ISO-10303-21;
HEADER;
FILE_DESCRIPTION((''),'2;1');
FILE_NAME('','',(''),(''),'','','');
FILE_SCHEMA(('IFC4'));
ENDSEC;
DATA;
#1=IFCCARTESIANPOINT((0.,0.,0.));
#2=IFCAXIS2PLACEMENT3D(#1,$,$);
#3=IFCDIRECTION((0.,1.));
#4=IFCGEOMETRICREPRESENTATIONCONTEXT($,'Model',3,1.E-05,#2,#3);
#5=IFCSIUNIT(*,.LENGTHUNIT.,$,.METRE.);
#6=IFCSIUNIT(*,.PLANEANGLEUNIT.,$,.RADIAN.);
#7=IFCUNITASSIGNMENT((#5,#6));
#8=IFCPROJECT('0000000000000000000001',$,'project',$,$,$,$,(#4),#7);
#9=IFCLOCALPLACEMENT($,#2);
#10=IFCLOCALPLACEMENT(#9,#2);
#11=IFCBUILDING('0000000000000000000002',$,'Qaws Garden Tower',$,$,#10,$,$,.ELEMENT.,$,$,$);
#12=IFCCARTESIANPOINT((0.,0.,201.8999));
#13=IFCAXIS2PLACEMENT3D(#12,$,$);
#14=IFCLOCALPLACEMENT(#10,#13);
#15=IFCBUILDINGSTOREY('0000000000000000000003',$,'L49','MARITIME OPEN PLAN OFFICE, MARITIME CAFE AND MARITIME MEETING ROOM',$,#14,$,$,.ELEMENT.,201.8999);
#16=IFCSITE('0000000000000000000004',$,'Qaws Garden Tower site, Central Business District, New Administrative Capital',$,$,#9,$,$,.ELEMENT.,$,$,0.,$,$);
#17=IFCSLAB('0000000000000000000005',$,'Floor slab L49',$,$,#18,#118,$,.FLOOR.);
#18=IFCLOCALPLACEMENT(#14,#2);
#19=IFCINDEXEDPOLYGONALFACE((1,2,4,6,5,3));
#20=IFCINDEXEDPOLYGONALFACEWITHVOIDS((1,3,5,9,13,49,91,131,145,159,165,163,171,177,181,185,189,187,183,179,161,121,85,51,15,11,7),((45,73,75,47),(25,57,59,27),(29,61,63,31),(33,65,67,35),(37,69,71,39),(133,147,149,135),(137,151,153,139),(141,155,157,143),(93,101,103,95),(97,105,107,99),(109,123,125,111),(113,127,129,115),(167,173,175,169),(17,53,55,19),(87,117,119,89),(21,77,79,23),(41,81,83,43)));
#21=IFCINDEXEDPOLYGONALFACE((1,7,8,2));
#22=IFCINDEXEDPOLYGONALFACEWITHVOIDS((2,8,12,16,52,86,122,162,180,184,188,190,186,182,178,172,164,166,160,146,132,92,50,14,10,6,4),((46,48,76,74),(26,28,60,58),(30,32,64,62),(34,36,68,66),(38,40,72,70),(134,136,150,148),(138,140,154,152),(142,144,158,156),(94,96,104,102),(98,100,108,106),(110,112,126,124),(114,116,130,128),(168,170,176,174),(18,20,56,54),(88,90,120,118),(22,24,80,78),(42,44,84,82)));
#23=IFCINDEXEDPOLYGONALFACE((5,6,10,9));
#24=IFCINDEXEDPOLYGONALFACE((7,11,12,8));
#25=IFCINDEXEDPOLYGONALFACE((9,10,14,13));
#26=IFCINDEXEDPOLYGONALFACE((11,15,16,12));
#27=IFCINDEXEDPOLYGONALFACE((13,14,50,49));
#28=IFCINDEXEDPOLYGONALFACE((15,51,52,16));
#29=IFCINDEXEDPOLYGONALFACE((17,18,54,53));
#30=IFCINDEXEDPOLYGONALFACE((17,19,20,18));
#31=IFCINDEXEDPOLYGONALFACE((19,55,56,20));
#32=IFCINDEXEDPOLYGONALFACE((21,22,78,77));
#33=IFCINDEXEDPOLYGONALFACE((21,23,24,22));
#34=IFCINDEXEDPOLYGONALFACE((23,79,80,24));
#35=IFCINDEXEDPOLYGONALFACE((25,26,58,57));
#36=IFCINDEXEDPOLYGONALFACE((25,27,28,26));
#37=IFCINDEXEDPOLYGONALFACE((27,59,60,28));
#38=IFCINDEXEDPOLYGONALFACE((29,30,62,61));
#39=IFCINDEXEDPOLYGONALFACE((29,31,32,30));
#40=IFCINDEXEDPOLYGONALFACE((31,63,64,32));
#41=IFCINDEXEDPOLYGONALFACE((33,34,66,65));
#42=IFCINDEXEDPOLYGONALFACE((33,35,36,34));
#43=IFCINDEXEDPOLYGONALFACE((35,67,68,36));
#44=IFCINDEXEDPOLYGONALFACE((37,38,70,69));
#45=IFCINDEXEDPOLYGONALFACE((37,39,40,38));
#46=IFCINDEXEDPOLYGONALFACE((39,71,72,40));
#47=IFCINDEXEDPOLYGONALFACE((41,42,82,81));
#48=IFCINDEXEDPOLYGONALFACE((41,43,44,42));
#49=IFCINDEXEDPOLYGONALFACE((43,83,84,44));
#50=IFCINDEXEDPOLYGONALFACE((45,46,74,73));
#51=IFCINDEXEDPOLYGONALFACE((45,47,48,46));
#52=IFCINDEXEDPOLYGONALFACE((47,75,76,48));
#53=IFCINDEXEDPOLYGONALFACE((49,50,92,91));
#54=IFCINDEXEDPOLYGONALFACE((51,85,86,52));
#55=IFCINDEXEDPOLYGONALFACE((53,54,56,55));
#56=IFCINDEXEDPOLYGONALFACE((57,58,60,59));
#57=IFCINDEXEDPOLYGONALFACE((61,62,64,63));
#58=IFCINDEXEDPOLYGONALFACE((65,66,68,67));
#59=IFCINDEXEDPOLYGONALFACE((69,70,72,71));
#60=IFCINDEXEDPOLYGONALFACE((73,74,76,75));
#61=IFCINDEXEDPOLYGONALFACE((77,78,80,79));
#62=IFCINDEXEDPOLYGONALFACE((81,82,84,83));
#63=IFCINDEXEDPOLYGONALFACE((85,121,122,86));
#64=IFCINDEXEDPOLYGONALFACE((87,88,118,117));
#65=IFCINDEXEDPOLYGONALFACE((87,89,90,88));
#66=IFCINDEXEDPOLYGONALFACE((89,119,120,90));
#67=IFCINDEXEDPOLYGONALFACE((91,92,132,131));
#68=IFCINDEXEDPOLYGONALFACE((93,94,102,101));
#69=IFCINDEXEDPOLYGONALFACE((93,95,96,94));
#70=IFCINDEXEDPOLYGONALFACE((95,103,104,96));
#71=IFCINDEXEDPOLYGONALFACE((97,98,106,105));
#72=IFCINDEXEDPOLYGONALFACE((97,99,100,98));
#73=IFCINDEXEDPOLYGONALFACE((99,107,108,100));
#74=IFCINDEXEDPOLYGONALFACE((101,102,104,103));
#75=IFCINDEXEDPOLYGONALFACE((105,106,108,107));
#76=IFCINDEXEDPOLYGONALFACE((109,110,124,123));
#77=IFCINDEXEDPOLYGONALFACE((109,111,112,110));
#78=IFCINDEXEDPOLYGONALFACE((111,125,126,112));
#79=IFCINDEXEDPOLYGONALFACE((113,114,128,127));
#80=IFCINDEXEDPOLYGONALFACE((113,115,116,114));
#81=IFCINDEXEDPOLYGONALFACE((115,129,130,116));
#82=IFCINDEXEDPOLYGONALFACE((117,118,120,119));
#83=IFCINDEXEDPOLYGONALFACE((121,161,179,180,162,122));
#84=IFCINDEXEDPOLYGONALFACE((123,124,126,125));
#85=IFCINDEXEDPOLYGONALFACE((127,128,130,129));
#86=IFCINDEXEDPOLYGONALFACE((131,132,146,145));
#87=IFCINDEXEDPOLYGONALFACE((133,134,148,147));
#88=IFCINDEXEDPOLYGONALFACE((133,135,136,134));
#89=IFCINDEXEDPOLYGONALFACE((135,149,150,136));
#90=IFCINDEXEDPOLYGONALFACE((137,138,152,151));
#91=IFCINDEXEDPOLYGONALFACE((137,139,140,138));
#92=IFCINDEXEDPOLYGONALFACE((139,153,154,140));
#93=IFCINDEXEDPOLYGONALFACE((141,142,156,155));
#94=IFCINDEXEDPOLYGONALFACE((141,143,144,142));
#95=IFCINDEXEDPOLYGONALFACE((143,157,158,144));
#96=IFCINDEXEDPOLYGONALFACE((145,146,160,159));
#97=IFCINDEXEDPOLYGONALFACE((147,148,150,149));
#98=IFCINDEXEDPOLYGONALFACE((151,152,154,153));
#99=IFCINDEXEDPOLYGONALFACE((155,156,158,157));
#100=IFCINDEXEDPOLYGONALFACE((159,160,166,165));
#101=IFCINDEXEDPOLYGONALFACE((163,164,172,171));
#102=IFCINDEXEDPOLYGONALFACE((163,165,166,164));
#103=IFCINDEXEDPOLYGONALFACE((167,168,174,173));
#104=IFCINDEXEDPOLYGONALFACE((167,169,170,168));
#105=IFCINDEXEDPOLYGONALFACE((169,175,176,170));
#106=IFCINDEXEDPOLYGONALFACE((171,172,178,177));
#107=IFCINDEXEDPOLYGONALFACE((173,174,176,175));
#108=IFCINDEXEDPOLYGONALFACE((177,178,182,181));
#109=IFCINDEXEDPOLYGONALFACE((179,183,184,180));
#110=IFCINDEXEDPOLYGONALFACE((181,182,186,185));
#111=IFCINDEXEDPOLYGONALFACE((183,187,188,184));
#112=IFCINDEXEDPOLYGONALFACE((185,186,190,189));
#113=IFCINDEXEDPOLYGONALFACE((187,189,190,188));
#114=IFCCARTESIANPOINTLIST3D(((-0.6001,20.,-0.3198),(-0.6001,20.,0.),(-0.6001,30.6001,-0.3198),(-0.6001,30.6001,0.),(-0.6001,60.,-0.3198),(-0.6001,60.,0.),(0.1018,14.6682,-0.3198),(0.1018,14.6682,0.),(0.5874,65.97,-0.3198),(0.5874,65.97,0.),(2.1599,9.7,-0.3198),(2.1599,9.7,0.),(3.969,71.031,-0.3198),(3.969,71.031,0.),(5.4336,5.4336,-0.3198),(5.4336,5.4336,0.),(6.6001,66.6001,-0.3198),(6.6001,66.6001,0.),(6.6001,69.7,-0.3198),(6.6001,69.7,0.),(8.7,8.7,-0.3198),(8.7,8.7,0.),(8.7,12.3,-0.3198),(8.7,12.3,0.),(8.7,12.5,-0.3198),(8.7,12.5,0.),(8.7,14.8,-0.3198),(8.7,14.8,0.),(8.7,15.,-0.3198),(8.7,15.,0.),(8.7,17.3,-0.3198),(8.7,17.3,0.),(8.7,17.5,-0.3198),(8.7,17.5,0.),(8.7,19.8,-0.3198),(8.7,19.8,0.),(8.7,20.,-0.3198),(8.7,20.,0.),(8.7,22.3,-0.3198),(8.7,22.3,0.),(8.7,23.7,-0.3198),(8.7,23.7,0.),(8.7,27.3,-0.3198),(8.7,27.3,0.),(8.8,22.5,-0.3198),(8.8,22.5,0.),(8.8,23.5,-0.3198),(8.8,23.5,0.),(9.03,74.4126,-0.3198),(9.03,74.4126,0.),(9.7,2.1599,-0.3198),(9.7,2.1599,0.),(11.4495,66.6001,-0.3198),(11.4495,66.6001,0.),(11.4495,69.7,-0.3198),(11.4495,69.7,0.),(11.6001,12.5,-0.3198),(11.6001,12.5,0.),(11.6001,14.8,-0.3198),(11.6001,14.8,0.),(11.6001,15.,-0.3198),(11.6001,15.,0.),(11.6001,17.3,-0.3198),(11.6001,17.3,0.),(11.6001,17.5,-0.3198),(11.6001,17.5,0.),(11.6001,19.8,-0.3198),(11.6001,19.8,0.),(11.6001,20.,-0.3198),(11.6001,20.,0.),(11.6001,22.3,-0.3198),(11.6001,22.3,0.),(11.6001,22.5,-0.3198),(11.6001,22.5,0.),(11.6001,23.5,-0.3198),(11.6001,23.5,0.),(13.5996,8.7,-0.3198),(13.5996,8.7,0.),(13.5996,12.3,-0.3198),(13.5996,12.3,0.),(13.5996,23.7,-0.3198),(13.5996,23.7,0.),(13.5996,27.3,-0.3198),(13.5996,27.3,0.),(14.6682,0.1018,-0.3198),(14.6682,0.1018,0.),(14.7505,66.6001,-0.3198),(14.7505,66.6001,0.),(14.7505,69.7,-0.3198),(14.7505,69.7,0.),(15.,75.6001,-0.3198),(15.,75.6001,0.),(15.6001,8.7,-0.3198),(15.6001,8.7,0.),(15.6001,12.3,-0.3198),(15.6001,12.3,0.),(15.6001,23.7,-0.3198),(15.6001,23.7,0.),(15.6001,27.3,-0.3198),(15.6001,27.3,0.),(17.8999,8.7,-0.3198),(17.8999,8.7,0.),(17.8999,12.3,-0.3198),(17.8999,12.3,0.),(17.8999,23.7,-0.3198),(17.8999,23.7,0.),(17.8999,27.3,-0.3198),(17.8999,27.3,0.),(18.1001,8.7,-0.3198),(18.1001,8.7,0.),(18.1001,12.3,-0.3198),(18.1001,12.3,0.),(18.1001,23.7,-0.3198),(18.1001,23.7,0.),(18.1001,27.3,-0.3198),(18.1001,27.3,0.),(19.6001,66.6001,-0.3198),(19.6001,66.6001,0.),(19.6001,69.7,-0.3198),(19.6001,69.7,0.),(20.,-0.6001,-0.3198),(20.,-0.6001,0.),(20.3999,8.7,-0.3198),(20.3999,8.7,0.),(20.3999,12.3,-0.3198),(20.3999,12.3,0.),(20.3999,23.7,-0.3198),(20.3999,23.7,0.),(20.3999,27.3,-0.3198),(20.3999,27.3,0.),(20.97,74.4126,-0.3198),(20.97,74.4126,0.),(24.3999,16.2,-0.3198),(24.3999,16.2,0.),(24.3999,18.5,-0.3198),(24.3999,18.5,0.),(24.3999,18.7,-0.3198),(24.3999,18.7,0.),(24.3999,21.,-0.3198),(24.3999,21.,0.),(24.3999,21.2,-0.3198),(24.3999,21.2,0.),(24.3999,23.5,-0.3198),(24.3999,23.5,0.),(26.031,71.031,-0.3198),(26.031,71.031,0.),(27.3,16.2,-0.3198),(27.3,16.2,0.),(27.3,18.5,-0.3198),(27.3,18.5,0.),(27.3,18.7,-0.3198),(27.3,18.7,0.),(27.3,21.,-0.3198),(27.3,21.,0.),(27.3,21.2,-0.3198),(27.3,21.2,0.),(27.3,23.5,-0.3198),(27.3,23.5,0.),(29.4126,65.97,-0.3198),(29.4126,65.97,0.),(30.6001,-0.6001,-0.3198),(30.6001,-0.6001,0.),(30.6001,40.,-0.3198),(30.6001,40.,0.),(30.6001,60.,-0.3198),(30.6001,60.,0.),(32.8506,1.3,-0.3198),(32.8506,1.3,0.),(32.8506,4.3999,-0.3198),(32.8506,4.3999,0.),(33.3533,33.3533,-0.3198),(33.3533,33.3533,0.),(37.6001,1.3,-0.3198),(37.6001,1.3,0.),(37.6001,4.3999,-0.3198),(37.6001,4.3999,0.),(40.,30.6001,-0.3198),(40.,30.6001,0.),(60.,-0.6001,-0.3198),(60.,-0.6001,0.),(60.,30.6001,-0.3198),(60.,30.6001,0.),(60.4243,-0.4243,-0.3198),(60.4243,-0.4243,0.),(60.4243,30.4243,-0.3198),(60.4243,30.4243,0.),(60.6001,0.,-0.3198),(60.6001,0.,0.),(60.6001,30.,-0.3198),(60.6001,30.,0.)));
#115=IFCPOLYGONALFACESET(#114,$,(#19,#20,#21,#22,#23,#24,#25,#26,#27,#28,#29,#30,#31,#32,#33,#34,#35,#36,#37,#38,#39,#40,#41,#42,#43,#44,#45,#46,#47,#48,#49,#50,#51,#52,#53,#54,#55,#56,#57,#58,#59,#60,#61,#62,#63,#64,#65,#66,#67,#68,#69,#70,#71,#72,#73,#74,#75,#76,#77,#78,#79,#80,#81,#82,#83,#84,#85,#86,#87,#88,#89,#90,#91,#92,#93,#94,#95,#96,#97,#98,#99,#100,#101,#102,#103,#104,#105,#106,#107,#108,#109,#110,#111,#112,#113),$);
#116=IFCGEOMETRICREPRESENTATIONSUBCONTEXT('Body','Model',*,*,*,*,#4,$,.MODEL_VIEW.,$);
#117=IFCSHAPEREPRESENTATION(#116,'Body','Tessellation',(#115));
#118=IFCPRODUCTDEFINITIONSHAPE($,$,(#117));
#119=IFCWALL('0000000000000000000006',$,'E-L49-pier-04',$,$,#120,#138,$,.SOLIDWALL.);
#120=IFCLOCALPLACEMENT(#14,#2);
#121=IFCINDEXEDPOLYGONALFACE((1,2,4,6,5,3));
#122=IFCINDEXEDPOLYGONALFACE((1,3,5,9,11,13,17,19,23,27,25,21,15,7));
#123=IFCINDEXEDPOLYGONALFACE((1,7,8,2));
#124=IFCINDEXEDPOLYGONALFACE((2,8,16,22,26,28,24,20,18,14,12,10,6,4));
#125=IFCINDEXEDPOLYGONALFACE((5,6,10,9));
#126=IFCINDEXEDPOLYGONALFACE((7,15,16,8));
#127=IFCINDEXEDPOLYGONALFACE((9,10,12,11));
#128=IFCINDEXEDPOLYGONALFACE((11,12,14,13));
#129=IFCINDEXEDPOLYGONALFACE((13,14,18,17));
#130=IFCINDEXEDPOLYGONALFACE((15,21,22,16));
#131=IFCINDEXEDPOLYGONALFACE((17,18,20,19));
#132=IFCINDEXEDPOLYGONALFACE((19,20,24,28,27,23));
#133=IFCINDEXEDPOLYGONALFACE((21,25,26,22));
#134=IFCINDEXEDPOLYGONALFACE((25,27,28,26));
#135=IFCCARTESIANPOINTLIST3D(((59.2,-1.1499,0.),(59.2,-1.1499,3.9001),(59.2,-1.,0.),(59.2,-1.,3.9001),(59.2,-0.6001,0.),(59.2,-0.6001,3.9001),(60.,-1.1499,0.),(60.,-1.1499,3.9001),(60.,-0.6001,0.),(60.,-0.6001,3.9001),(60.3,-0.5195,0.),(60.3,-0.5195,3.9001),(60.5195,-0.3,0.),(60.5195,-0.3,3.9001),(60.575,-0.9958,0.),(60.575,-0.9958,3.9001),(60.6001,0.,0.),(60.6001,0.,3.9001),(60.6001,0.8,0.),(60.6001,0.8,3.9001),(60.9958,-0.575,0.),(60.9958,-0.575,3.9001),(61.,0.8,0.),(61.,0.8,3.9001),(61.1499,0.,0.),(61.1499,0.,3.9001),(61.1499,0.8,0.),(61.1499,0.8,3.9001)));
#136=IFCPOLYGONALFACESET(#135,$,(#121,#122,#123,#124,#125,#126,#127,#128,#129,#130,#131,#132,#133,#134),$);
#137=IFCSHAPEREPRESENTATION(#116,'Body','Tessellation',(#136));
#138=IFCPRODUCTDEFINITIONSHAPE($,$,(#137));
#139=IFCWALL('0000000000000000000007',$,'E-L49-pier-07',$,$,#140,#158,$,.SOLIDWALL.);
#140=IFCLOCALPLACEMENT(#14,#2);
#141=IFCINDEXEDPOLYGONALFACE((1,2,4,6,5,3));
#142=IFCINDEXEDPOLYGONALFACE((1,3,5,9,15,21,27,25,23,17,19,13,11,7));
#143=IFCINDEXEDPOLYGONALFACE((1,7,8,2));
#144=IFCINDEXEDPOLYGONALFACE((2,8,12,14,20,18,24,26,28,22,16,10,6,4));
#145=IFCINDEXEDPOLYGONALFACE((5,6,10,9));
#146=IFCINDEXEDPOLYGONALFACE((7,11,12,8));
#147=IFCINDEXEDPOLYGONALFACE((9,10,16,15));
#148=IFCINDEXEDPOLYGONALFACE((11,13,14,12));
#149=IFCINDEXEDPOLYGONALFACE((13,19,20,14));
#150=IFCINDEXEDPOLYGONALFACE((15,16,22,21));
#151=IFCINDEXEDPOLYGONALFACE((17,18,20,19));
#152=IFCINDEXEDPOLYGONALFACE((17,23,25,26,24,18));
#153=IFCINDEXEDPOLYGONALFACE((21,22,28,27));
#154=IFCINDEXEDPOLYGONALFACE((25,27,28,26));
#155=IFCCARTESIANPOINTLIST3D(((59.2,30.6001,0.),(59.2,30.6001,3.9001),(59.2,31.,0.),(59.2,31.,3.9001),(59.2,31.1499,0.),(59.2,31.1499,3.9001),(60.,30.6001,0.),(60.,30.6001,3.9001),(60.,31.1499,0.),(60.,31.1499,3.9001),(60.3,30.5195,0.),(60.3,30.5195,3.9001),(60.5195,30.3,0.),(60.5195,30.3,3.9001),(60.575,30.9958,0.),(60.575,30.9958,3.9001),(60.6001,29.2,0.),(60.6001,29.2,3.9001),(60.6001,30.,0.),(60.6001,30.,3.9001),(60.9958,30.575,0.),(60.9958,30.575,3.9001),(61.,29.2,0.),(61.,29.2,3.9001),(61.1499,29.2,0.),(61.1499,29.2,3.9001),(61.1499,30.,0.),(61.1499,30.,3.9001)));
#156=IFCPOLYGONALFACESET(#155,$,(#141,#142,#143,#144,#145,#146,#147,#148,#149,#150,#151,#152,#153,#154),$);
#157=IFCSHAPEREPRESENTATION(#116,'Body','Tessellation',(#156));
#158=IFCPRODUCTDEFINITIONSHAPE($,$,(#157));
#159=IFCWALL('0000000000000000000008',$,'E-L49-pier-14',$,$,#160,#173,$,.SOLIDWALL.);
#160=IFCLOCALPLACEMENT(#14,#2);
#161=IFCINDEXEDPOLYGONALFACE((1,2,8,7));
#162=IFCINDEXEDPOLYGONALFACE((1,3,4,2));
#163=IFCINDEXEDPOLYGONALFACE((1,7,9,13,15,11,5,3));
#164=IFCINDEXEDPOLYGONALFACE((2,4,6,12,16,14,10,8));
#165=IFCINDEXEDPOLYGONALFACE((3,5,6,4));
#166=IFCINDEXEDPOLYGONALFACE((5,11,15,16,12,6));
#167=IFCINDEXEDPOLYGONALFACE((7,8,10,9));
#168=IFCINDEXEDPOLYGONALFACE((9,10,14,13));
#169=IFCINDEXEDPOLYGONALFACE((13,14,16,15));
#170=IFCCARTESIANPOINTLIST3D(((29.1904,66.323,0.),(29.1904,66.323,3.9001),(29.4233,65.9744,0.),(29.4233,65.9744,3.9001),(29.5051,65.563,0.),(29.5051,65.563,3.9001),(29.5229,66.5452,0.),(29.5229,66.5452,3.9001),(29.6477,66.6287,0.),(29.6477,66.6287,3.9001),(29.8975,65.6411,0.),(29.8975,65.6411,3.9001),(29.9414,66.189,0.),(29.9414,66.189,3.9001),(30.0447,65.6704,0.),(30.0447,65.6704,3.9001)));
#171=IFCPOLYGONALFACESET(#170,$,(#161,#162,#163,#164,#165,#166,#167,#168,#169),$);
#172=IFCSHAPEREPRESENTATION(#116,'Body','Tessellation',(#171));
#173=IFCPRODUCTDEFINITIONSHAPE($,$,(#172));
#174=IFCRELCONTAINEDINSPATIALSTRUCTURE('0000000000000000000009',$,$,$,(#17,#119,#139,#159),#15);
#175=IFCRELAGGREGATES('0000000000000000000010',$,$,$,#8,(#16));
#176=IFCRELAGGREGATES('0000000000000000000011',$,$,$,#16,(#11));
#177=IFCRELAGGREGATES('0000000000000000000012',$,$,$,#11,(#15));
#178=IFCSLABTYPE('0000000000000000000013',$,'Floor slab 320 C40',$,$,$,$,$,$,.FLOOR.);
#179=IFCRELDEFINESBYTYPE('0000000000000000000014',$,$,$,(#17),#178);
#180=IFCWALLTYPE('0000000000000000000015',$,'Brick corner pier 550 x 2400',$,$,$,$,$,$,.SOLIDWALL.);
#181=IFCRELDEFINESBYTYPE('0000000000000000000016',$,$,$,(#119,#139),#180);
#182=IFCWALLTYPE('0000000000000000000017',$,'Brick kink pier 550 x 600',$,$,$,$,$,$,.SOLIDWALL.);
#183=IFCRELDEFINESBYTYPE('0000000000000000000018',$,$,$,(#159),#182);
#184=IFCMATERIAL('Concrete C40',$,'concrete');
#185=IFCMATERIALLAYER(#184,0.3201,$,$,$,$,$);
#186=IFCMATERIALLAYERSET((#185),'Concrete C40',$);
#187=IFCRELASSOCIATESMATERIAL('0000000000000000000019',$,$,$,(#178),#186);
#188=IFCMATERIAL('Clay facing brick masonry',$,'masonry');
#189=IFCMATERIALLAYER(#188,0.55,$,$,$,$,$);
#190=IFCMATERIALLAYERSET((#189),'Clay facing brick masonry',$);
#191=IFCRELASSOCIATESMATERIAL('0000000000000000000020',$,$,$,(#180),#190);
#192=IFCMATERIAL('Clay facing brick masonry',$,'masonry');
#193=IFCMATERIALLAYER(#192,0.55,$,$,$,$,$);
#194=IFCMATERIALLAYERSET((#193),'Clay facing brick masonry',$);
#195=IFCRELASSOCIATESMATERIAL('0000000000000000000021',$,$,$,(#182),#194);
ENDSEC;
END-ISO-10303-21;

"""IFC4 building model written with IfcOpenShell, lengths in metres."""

from ifc_helpers import new_model, si_unit, direction, frame, origin, place, context, subcontext, project, spatial, polyline, outline, extrude, material, layer, layer_set, type_object, element, save


model = new_model("IFC4")

# Units and contexts
model_context = context("Model", 3, precision=1e-05, world=origin(), true_north=direction((0.0, 1.0)))
body_context = subcontext(model_context, "Body", "Model", "MODEL_VIEW")
ifc_project = project(units=[si_unit("LENGTHUNIT", "METRE"), si_unit("PLANEANGLEUNIT", "RADIAN")], contexts=[model_context])

# Site, building, storey
site_placement = place(None, origin())
site = spatial("IfcSite", under=ifc_project, at=site_placement, Name="Qaws Garden Tower site, Central Business District, New Administrative Capital", CompositionType="ELEMENT", RefElevation=0.0)
building_placement = place(site_placement, origin())
building = spatial("IfcBuilding", under=site, at=building_placement, Name="Qaws Garden Tower", CompositionType="ELEMENT")
storey_placement = place(building_placement, frame((0.0, 0.0, 201.8999)))
storey = spatial("IfcBuildingStorey", under=building, at=storey_placement, Name="L49", Description="MARITIME OPEN PLAN OFFICE, MARITIME CAFE AND MARITIME MEETING ROOM", CompositionType="ELEMENT", Elevation=201.8999)

# Slab
ifc_material_1 = material(Name="Concrete C40", Category="concrete")
ifc_layer_1 = layer(ifc_material_1, 0.3201)
ifc_layer_set_1 = layer_set([ifc_layer_1], Name="Concrete C40")
slab_type = type_object("IfcSlabType", Name="Floor slab 320 C40", PredefinedType="FLOOR", material=ifc_layer_set_1)
slab_placement = place(storey_placement, frame((0.0, 0.0, -0.3198)))
element("IfcSlab", 1, at=slab_placement, inside=storey, type_object=slab_type, Name="Floor slab L49", PredefinedType="FLOOR", context=body_context, shape_type="SweptSolid", body=[
    extrude(outline(polyline([(0.1018, 14.6682), (-0.6001, 20.0), (-0.6001, 30.6001), (-0.6001, 60.0), (-0.6001, 60.0), (0.5874, 65.97), (3.969, 71.031), (9.03, 74.4126), (15.0, 75.6001), (20.97, 74.4126), (26.031, 71.031), (29.4126, 65.97), (30.6001, 60.0), (30.6001, 40.0), (33.3533, 33.3533), (40.0, 30.6001), (60.0, 30.6001), (60.4243, 30.4243), (60.6001, 30.0), (60.6001, 0.0), (60.4243, -0.4243), (60.0, -0.6001), (30.6001, -0.6001), (20.0, -0.6001), (14.6682, 0.1018), (9.7, 2.1599), (5.4336, 5.4336), (2.1599, 9.7), (0.1018, 14.6682)]), holes=[polyline([(13.5996, 12.3), (8.7, 12.3), (8.7, 8.7), (13.5996, 8.7), (13.5996, 12.3)]), polyline([(17.8999, 12.3), (15.6001, 12.3), (15.6001, 8.7), (17.8999, 8.7), (17.8999, 12.3)]), polyline([(11.6001, 14.8), (8.7, 14.8), (8.7, 12.5), (11.6001, 12.5), (11.6001, 14.8)]), polyline([(11.6001, 17.3), (8.7, 17.3), (8.7, 15.0), (11.6001, 15.0), (11.6001, 17.3)]), polyline([(11.6001, 19.8), (8.7, 19.8), (8.7, 17.5), (11.6001, 17.5), (11.6001, 19.8)]), polyline([(11.6001, 22.3), (8.7, 22.3), (8.7, 20.0), (11.6001, 20.0), (11.6001, 22.3)]), polyline([(11.6001, 23.5), (8.8, 23.5), (8.8, 22.5), (11.6001, 22.5), (11.6001, 23.5)]), polyline([(13.5996, 27.3), (8.7, 27.3), (8.7, 23.7), (13.5996, 23.7), (13.5996, 27.3)]), polyline([(11.4495, 69.7), (6.6001, 69.7), (6.6001, 66.6001), (11.4495, 66.6001), (11.4495, 69.7)]), polyline([(37.6001, 4.3999), (32.8506, 4.3999), (32.8506, 1.3), (37.6001, 1.3), (37.6001, 4.3999)]), polyline([(20.3999, 12.3), (18.1001, 12.3), (18.1001, 8.7), (20.3999, 8.7), (20.3999, 12.3)]), polyline([(27.3, 18.5), (24.3999, 18.5), (24.3999, 16.2), (27.3, 16.2), (27.3, 18.5)]), polyline([(27.3, 21.0), (24.3999, 21.0), (24.3999, 18.7), (27.3, 18.7), (27.3, 21.0)]), polyline([(27.3, 23.5), (24.3999, 23.5), (24.3999, 21.2), (27.3, 21.2), (27.3, 23.5)]), polyline([(17.8999, 27.3), (15.6001, 27.3), (15.6001, 23.7), (17.8999, 23.7), (17.8999, 27.3)]), polyline([(20.3999, 23.7), (20.3999, 27.3), (18.1001, 27.3), (18.1001, 23.7), (20.3999, 23.7)]), polyline([(19.6001, 66.6001), (19.6001, 69.7), (14.7505, 69.7), (14.7505, 66.6001), (19.6001, 66.6001)])]), origin(), (0.0, 0.0, 1.0), 0.3198),
])

# Walls
ifc_material_2 = material(Name="Clay facing brick masonry", Category="masonry")
ifc_layer_2 = layer(ifc_material_2, 0.55)
ifc_layer_set_2 = layer_set([ifc_layer_2], Name="Clay facing brick masonry")
wall_type_1 = type_object("IfcWallType", Name="Brick corner pier 550 x 2400", PredefinedType="SOLIDWALL", material=ifc_layer_set_2)
placement = place(storey_placement, origin())
element("IfcWall", 2, at=placement, inside=storey, type_object=wall_type_1, Name="E-L49-pier-04", PredefinedType="SOLIDWALL", context=body_context, shape_type="SweptSolid", body=[
    extrude(outline(polyline([(59.2, -1.0), (59.2, -1.1499), (60.0, -1.1499), (60.575, -0.9958), (60.9958, -0.575), (61.1499, 0.0), (61.1499, 0.8), (61.0, 0.8), (60.6001, 0.8), (60.6001, 0.0), (60.5195, -0.3), (60.3, -0.5195), (60.0, -0.6001), (59.2, -0.6001), (59.2, -1.0)])), origin(), (0.0, 0.0, 1.0), 3.9001),
])
element("IfcWall", 3, at=placement, inside=storey, type_object=wall_type_1, Name="E-L49-pier-07", PredefinedType="SOLIDWALL", context=body_context, shape_type="SweptSolid", body=[
    extrude(outline(polyline([(61.0, 29.2), (61.1499, 29.2), (61.1499, 30.0), (60.9958, 30.575), (60.575, 30.9958), (60.0, 31.1499), (59.2, 31.1499), (59.2, 31.0), (59.2, 30.6001), (60.0, 30.6001), (60.3, 30.5195), (60.5195, 30.3), (60.6001, 30.0), (60.6001, 29.2), (61.0, 29.2)])), origin(), (0.0, 0.0, 1.0), 3.9001),
])
ifc_material_3 = material(Name="Clay facing brick masonry", Category="masonry")
ifc_layer_3 = layer(ifc_material_3, 0.55)
ifc_layer_set_3 = layer_set([ifc_layer_3], Name="Clay facing brick masonry")
wall_type_2 = type_object("IfcWallType", Name="Brick kink pier 550 x 600", PredefinedType="SOLIDWALL", material=ifc_layer_set_3)
element("IfcWall", 4, at=placement, inside=storey, type_object=wall_type_2, Name="E-L49-pier-14", PredefinedType="SOLIDWALL", context=body_context, shape_type="SweptSolid", body=[
    extrude(outline(polyline([(29.8975, 65.6411), (30.0447, 65.6704), (29.9414, 66.189), (29.6477, 66.6287), (29.5229, 66.5452), (29.1904, 66.323), (29.4233, 65.9744), (29.5051, 65.563), (29.8975, 65.6411)])), origin(), (0.0, 0.0, 1.0), 3.9001),
])

save(model, "model.ifc")
